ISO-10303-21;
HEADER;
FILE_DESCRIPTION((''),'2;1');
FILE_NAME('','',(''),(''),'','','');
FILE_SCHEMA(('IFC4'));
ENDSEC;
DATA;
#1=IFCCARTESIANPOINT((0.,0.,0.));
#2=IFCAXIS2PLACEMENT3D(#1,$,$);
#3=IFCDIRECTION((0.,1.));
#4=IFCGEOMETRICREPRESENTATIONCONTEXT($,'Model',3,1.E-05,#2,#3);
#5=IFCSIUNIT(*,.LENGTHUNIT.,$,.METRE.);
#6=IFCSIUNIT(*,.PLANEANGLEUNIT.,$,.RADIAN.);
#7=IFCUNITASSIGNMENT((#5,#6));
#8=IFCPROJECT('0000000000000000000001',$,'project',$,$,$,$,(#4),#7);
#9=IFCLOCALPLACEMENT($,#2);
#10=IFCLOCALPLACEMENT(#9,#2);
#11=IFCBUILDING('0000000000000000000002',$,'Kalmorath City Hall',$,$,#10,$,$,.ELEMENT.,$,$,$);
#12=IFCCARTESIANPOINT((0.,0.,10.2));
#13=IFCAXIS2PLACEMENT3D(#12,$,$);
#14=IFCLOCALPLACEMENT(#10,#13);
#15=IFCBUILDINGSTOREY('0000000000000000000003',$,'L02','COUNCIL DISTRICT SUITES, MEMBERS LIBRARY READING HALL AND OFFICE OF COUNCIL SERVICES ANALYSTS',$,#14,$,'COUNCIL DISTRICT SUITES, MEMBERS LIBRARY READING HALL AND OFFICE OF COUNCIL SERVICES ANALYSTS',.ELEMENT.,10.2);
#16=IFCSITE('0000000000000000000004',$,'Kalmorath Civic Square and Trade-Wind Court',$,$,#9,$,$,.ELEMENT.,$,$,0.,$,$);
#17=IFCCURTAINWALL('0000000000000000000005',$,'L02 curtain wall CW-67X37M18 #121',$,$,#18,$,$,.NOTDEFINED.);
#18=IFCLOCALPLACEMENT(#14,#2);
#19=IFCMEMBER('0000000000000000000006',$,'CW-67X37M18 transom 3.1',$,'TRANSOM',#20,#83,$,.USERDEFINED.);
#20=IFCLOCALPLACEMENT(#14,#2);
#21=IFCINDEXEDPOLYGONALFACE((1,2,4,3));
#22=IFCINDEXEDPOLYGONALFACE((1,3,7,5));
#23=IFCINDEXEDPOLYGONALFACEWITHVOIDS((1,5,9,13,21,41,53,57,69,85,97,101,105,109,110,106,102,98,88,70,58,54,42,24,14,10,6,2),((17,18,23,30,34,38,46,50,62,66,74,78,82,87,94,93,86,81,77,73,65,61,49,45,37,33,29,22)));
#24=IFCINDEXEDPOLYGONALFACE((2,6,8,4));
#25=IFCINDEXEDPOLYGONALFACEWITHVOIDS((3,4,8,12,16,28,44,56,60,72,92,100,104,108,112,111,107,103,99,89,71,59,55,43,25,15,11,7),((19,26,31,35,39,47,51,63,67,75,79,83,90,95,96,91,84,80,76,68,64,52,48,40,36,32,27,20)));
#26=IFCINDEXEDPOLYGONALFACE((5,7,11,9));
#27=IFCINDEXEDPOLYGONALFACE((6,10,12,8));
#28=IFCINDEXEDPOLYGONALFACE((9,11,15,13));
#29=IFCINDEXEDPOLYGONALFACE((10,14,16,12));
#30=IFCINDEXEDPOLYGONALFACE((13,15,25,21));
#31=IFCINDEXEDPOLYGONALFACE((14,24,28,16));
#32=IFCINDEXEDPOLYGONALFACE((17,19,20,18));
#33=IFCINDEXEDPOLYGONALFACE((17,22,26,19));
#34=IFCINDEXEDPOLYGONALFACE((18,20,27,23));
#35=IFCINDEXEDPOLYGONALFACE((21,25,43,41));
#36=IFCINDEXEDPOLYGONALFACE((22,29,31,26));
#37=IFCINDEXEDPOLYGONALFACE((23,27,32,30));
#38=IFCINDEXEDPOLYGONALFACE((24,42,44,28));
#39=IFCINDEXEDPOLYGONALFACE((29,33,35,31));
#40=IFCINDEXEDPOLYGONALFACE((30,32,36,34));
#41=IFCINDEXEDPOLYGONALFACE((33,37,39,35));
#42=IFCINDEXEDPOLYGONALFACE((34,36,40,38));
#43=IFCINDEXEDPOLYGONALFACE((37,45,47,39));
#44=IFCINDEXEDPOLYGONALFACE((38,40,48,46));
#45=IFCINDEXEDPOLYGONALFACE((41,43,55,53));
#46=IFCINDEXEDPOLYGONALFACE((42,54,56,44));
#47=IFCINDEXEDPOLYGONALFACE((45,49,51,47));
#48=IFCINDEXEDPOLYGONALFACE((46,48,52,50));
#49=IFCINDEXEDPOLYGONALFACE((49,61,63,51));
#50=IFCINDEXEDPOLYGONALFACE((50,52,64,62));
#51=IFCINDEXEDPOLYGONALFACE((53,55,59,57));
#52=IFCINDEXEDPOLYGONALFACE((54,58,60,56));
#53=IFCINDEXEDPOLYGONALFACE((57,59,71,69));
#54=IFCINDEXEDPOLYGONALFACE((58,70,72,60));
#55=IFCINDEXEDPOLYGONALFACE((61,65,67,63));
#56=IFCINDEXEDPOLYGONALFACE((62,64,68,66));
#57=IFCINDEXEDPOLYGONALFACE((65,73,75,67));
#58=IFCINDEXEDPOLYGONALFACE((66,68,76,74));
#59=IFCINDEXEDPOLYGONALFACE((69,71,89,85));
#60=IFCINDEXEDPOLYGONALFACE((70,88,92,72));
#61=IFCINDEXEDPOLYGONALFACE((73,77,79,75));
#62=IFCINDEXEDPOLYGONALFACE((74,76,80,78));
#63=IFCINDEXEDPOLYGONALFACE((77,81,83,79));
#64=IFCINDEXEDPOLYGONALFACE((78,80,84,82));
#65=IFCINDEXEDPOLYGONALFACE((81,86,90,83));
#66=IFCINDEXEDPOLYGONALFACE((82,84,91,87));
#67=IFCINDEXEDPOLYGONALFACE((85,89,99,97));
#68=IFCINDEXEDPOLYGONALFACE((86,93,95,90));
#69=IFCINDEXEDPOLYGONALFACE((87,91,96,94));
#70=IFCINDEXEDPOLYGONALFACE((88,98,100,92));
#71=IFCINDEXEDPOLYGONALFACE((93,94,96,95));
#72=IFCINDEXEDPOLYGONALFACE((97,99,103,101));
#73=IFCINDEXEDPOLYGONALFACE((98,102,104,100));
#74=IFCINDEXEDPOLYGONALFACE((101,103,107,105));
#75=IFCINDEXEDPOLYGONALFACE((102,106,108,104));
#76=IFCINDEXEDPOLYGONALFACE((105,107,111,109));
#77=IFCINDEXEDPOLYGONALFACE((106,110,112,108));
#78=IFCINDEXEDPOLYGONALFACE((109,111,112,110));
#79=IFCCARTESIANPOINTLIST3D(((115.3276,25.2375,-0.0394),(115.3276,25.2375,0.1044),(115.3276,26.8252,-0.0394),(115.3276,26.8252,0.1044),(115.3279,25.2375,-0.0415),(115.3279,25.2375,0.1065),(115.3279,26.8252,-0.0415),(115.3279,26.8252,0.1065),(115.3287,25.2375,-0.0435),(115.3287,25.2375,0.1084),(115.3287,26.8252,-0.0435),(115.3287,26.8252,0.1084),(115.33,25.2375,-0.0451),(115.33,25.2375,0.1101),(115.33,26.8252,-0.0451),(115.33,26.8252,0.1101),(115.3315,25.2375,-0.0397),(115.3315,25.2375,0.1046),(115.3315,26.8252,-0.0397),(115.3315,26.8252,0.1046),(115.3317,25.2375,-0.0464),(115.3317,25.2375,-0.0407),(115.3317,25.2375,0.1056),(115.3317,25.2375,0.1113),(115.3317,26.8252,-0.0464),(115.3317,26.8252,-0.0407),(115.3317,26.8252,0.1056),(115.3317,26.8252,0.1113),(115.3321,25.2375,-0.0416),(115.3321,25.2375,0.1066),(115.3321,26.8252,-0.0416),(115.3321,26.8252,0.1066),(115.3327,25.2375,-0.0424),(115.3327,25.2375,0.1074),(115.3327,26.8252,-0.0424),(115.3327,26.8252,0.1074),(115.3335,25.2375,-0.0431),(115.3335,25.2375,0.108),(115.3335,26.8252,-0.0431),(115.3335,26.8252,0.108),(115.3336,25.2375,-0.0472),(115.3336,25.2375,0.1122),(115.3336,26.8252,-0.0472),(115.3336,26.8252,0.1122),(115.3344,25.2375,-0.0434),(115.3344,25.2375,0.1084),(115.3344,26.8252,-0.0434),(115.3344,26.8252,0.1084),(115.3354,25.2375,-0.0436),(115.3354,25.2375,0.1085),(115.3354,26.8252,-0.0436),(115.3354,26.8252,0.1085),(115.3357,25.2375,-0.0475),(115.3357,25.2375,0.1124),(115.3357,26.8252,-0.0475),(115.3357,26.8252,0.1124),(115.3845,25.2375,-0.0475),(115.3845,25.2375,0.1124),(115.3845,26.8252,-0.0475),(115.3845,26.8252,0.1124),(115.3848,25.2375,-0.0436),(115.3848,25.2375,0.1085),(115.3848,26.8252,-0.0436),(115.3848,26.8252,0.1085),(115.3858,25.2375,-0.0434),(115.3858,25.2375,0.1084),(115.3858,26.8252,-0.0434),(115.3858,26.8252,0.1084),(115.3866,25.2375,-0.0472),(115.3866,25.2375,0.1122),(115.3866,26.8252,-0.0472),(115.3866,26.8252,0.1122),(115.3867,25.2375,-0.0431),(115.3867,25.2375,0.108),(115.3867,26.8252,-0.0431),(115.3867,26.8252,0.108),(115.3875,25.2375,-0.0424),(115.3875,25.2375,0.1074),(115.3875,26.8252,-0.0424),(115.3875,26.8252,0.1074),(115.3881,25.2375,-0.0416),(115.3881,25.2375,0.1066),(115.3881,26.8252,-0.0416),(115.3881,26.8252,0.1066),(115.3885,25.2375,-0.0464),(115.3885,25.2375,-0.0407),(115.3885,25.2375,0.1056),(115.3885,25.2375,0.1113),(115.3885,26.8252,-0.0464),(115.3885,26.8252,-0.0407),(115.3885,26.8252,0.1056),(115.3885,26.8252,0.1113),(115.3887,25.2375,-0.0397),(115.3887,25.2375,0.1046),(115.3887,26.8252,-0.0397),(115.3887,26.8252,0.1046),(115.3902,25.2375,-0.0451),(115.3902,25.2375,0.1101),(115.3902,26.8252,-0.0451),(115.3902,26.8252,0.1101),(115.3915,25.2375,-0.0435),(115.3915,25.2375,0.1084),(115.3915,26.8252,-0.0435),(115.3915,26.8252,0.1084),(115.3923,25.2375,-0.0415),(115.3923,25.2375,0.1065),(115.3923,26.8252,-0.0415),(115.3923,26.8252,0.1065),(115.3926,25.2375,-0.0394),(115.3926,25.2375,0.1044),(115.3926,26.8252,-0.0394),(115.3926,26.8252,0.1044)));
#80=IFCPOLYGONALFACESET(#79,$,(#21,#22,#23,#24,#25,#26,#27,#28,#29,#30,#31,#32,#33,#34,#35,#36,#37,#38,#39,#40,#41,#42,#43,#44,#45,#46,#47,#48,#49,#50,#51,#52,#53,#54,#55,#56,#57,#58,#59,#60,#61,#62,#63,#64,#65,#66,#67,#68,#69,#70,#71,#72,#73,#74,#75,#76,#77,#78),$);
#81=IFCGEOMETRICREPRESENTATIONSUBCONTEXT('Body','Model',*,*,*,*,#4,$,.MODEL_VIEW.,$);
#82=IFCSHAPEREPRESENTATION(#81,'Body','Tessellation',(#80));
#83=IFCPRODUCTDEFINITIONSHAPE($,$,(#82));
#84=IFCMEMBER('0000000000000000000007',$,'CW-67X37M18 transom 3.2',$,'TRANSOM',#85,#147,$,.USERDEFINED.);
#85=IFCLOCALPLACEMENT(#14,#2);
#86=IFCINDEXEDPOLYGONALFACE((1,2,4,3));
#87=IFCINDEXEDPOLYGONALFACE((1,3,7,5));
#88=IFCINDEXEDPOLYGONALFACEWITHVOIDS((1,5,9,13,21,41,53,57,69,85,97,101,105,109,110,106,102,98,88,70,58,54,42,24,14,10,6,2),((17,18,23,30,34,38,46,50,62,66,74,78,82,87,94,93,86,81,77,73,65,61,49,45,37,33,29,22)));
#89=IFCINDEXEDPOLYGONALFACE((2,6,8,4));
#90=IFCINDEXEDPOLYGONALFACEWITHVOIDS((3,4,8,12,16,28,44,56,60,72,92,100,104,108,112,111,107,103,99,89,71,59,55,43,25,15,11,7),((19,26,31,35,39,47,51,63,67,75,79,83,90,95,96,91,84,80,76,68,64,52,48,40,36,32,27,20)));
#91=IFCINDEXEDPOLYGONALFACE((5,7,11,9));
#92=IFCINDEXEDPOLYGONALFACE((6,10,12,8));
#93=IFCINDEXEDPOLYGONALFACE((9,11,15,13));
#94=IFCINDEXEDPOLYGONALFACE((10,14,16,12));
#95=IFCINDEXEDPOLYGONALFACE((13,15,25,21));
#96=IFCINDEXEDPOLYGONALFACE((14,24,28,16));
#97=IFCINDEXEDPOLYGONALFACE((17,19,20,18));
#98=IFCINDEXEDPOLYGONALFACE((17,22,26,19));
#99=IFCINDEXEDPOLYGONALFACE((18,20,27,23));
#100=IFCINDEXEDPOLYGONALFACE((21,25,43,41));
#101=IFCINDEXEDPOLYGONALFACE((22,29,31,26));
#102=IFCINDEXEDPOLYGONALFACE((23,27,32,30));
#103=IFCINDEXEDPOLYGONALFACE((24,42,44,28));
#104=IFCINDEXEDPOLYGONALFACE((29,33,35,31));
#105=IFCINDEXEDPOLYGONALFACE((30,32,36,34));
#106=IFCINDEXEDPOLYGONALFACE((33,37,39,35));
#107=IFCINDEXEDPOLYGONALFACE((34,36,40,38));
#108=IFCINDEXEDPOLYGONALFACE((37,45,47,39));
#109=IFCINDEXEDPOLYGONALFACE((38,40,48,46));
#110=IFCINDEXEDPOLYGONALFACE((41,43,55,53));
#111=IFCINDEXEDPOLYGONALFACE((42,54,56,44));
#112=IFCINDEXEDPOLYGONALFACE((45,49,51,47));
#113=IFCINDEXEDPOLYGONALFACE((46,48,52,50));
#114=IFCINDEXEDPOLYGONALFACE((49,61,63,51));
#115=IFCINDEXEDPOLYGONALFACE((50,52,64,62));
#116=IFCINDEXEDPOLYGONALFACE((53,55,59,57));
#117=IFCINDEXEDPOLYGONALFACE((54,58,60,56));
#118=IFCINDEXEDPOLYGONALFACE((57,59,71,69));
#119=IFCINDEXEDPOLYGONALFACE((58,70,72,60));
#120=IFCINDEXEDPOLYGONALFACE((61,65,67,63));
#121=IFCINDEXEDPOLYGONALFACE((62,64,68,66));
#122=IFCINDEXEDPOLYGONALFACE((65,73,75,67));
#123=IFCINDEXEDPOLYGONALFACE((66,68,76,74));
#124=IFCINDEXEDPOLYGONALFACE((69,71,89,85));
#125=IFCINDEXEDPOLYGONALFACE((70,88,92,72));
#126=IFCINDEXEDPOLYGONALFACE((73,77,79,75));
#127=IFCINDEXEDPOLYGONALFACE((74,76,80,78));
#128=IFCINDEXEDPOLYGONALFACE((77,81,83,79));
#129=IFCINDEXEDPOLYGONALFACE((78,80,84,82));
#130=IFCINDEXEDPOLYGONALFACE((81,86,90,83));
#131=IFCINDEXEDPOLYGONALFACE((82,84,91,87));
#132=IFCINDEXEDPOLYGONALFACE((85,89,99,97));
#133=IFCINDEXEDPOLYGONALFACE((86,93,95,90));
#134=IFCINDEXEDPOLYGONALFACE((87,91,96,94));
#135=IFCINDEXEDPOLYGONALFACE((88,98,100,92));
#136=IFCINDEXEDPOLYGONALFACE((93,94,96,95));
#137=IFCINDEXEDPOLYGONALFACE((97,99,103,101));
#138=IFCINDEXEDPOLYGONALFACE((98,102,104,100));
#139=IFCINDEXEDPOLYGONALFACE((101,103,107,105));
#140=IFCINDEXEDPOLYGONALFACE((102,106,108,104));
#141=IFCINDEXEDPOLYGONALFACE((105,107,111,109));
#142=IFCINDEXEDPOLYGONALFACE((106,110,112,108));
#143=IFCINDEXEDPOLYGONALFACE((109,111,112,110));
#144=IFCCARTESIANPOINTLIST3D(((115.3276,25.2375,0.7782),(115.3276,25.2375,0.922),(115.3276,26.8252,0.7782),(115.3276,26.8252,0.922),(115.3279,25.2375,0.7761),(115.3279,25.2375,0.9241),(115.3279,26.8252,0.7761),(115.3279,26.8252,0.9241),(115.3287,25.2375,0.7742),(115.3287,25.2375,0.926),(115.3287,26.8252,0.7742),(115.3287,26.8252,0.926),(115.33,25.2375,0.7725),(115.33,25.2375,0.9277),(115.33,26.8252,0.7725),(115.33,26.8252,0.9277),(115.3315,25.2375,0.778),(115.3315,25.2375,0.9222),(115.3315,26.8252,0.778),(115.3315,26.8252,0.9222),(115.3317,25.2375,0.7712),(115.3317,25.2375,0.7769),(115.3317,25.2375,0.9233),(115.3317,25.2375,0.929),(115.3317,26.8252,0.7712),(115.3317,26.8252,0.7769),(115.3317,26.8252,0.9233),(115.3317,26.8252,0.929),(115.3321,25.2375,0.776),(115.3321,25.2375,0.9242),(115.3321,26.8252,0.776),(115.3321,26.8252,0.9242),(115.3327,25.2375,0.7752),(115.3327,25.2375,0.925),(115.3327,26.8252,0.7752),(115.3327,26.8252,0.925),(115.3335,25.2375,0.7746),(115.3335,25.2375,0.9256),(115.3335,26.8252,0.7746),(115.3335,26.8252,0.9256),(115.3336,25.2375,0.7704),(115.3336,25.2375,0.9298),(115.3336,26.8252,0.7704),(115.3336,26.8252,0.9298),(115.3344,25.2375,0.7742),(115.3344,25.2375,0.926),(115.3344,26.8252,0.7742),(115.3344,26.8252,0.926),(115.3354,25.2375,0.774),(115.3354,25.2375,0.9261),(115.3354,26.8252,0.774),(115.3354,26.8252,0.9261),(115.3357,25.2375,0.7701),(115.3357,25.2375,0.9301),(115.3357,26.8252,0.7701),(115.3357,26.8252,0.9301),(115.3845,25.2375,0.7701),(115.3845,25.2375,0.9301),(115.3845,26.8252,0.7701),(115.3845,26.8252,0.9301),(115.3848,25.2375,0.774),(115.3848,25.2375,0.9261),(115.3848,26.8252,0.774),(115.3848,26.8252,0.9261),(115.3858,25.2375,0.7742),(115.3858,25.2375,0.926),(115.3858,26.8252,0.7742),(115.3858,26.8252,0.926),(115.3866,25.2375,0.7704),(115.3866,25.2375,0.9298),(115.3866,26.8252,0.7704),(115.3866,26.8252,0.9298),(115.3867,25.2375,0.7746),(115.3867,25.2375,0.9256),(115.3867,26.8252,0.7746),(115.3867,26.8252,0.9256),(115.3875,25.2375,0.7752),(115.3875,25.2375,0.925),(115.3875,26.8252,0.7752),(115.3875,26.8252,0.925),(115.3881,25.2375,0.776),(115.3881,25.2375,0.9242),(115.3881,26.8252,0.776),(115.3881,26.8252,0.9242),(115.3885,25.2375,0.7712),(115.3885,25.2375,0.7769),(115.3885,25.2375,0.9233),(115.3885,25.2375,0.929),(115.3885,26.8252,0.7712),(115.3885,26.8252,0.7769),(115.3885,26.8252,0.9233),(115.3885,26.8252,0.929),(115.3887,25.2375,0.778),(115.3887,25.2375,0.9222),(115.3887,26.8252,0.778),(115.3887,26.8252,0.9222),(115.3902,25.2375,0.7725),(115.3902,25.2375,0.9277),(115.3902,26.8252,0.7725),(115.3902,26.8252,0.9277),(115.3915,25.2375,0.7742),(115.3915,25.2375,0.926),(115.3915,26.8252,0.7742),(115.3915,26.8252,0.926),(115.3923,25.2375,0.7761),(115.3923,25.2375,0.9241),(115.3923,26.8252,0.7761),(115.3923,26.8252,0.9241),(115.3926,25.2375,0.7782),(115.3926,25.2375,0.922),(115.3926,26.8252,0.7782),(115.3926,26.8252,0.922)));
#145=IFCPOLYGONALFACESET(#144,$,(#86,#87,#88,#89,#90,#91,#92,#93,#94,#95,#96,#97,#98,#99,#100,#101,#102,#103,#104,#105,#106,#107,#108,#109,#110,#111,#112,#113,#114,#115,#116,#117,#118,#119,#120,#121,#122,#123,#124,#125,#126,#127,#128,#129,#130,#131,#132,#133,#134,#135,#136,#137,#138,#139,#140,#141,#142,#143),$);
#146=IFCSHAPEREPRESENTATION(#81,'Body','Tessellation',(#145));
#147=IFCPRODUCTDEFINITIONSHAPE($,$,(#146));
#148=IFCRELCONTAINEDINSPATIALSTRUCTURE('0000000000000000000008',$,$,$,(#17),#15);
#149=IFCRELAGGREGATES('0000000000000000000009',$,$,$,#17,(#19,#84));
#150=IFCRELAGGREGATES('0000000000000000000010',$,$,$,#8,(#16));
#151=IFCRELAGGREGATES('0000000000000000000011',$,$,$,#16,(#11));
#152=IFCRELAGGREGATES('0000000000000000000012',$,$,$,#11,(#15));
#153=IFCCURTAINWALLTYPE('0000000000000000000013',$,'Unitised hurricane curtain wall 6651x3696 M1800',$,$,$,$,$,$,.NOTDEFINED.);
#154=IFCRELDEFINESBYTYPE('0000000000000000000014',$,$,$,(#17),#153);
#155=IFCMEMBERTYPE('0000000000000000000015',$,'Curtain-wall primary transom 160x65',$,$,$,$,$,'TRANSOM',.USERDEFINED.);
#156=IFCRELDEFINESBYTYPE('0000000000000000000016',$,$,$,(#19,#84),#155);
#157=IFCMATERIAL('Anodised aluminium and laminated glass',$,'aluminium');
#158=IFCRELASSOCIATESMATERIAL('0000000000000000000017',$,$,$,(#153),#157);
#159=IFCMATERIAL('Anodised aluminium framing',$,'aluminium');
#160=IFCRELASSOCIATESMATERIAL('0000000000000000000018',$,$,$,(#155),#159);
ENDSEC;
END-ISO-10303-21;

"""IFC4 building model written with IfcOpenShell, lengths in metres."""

from ifc_helpers import new_model, si_unit, direction, frame, origin, origin_2d, place, context, subcontext, project, spatial, hollow_rectangle, extrude, material, material_profile, profile_set, type_object, element, aggregate, save


model = new_model("IFC4")

# Units and contexts
model_context = context("Model", 3, precision=1e-05, world=origin(), true_north=direction((0.0, 1.0)))
body_context = subcontext(model_context, "Body", "Model", "MODEL_VIEW")
ifc_project = project(units=[si_unit("LENGTHUNIT", "METRE"), si_unit("PLANEANGLEUNIT", "RADIAN")], contexts=[model_context])

# Site, building, storey
site_placement = place(None, origin())
site = spatial("IfcSite", under=ifc_project, at=site_placement, Name="Kalmorath Civic Square and Trade-Wind Court", CompositionType="ELEMENT", RefElevation=0.0)
building_placement = place(site_placement, origin())
building = spatial("IfcBuilding", under=site, at=building_placement, Name="Kalmorath City Hall", CompositionType="ELEMENT")
storey_placement = place(building_placement, frame((0.0, 0.0, 10.2)))
storey = spatial("IfcBuildingStorey", under=building, at=storey_placement, Name="L02", Description="COUNCIL DISTRICT SUITES, MEMBERS LIBRARY READING HALL AND OFFICE OF COUNCIL SERVICES ANALYSTS", LongName="COUNCIL DISTRICT SUITES, MEMBERS LIBRARY READING HALL AND OFFICE OF COUNCIL SERVICES ANALYSTS", CompositionType="ELEMENT", Elevation=10.2)

# Curtain wall, members
ifc_material_1 = material(Name="Anodised aluminium and laminated glass", Category="aluminium")
curtain_wall_type = type_object("IfcCurtainWallType", Name="Unitised hurricane curtain wall 6651x3696 M1800", PredefinedType="NOTDEFINED", material=ifc_material_1)
curtain_wall_placement = place(storey_placement, origin())
curtain_wall = element("IfcCurtainWall", 1, at=curtain_wall_placement, inside=storey, type_object=curtain_wall_type, Name="L02 curtain wall CW-67X37M18 #121", PredefinedType="NOTDEFINED")
ifc_material_2 = material(Name="Anodised aluminium framing", Category="aluminium")
ifc_material_profile_1 = material_profile(ifc_material_2, hollow_rectangle(XDim=0.0649, YDim=0.1599, WallThickness=0.0039, InnerFilletRadius=0.0039, OuterFilletRadius=0.0081, at=origin_2d()), Name="ALU-TRN-160X65X4")
ifc_profile_set_1 = profile_set([ifc_material_profile_1], Name="Anodised aluminium framing")
member_type = type_object("IfcMemberType", Name="Curtain-wall primary transom 160x65", ElementType="TRANSOM", PredefinedType="USERDEFINED", material=ifc_profile_set_1)
member_1_placement = place(storey_placement, frame((115.3601, 25.2375, 0.0325), z_axis=(0.0, 1.0, 0.0), x_axis=(-1.0, 0.0, 0.0)))
member_1 = element("IfcMember", 2, at=member_1_placement, type_object=member_type, Name="CW-67X37M18 transom 3.1", ObjectType="TRANSOM", PredefinedType="USERDEFINED", context=body_context, shape_type="SweptSolid", body=[
    extrude(hollow_rectangle(XDim=0.0649, YDim=0.1599, WallThickness=0.0039, InnerFilletRadius=0.0039, OuterFilletRadius=0.0081, at=origin_2d()), origin(), (0.0, 0.0, 1.0), 1.5876),
])
member_2_placement = place(storey_placement, frame((115.3601, 25.2375, 0.8501), z_axis=(0.0, 1.0, 0.0), x_axis=(-1.0, 0.0, 0.0)))
member_2 = element("IfcMember", 3, at=member_2_placement, type_object=member_type, Name="CW-67X37M18 transom 3.2", ObjectType="TRANSOM", PredefinedType="USERDEFINED", context=body_context, shape_type="SweptSolid", body=[
    extrude(hollow_rectangle(XDim=0.0649, YDim=0.1599, WallThickness=0.0039, InnerFilletRadius=0.0039, OuterFilletRadius=0.0081, at=origin_2d()), origin(), (0.0, 0.0, 1.0), 1.5876),
])

aggregate(curtain_wall, [member_1, member_2])

save(model, "model.ifc")
